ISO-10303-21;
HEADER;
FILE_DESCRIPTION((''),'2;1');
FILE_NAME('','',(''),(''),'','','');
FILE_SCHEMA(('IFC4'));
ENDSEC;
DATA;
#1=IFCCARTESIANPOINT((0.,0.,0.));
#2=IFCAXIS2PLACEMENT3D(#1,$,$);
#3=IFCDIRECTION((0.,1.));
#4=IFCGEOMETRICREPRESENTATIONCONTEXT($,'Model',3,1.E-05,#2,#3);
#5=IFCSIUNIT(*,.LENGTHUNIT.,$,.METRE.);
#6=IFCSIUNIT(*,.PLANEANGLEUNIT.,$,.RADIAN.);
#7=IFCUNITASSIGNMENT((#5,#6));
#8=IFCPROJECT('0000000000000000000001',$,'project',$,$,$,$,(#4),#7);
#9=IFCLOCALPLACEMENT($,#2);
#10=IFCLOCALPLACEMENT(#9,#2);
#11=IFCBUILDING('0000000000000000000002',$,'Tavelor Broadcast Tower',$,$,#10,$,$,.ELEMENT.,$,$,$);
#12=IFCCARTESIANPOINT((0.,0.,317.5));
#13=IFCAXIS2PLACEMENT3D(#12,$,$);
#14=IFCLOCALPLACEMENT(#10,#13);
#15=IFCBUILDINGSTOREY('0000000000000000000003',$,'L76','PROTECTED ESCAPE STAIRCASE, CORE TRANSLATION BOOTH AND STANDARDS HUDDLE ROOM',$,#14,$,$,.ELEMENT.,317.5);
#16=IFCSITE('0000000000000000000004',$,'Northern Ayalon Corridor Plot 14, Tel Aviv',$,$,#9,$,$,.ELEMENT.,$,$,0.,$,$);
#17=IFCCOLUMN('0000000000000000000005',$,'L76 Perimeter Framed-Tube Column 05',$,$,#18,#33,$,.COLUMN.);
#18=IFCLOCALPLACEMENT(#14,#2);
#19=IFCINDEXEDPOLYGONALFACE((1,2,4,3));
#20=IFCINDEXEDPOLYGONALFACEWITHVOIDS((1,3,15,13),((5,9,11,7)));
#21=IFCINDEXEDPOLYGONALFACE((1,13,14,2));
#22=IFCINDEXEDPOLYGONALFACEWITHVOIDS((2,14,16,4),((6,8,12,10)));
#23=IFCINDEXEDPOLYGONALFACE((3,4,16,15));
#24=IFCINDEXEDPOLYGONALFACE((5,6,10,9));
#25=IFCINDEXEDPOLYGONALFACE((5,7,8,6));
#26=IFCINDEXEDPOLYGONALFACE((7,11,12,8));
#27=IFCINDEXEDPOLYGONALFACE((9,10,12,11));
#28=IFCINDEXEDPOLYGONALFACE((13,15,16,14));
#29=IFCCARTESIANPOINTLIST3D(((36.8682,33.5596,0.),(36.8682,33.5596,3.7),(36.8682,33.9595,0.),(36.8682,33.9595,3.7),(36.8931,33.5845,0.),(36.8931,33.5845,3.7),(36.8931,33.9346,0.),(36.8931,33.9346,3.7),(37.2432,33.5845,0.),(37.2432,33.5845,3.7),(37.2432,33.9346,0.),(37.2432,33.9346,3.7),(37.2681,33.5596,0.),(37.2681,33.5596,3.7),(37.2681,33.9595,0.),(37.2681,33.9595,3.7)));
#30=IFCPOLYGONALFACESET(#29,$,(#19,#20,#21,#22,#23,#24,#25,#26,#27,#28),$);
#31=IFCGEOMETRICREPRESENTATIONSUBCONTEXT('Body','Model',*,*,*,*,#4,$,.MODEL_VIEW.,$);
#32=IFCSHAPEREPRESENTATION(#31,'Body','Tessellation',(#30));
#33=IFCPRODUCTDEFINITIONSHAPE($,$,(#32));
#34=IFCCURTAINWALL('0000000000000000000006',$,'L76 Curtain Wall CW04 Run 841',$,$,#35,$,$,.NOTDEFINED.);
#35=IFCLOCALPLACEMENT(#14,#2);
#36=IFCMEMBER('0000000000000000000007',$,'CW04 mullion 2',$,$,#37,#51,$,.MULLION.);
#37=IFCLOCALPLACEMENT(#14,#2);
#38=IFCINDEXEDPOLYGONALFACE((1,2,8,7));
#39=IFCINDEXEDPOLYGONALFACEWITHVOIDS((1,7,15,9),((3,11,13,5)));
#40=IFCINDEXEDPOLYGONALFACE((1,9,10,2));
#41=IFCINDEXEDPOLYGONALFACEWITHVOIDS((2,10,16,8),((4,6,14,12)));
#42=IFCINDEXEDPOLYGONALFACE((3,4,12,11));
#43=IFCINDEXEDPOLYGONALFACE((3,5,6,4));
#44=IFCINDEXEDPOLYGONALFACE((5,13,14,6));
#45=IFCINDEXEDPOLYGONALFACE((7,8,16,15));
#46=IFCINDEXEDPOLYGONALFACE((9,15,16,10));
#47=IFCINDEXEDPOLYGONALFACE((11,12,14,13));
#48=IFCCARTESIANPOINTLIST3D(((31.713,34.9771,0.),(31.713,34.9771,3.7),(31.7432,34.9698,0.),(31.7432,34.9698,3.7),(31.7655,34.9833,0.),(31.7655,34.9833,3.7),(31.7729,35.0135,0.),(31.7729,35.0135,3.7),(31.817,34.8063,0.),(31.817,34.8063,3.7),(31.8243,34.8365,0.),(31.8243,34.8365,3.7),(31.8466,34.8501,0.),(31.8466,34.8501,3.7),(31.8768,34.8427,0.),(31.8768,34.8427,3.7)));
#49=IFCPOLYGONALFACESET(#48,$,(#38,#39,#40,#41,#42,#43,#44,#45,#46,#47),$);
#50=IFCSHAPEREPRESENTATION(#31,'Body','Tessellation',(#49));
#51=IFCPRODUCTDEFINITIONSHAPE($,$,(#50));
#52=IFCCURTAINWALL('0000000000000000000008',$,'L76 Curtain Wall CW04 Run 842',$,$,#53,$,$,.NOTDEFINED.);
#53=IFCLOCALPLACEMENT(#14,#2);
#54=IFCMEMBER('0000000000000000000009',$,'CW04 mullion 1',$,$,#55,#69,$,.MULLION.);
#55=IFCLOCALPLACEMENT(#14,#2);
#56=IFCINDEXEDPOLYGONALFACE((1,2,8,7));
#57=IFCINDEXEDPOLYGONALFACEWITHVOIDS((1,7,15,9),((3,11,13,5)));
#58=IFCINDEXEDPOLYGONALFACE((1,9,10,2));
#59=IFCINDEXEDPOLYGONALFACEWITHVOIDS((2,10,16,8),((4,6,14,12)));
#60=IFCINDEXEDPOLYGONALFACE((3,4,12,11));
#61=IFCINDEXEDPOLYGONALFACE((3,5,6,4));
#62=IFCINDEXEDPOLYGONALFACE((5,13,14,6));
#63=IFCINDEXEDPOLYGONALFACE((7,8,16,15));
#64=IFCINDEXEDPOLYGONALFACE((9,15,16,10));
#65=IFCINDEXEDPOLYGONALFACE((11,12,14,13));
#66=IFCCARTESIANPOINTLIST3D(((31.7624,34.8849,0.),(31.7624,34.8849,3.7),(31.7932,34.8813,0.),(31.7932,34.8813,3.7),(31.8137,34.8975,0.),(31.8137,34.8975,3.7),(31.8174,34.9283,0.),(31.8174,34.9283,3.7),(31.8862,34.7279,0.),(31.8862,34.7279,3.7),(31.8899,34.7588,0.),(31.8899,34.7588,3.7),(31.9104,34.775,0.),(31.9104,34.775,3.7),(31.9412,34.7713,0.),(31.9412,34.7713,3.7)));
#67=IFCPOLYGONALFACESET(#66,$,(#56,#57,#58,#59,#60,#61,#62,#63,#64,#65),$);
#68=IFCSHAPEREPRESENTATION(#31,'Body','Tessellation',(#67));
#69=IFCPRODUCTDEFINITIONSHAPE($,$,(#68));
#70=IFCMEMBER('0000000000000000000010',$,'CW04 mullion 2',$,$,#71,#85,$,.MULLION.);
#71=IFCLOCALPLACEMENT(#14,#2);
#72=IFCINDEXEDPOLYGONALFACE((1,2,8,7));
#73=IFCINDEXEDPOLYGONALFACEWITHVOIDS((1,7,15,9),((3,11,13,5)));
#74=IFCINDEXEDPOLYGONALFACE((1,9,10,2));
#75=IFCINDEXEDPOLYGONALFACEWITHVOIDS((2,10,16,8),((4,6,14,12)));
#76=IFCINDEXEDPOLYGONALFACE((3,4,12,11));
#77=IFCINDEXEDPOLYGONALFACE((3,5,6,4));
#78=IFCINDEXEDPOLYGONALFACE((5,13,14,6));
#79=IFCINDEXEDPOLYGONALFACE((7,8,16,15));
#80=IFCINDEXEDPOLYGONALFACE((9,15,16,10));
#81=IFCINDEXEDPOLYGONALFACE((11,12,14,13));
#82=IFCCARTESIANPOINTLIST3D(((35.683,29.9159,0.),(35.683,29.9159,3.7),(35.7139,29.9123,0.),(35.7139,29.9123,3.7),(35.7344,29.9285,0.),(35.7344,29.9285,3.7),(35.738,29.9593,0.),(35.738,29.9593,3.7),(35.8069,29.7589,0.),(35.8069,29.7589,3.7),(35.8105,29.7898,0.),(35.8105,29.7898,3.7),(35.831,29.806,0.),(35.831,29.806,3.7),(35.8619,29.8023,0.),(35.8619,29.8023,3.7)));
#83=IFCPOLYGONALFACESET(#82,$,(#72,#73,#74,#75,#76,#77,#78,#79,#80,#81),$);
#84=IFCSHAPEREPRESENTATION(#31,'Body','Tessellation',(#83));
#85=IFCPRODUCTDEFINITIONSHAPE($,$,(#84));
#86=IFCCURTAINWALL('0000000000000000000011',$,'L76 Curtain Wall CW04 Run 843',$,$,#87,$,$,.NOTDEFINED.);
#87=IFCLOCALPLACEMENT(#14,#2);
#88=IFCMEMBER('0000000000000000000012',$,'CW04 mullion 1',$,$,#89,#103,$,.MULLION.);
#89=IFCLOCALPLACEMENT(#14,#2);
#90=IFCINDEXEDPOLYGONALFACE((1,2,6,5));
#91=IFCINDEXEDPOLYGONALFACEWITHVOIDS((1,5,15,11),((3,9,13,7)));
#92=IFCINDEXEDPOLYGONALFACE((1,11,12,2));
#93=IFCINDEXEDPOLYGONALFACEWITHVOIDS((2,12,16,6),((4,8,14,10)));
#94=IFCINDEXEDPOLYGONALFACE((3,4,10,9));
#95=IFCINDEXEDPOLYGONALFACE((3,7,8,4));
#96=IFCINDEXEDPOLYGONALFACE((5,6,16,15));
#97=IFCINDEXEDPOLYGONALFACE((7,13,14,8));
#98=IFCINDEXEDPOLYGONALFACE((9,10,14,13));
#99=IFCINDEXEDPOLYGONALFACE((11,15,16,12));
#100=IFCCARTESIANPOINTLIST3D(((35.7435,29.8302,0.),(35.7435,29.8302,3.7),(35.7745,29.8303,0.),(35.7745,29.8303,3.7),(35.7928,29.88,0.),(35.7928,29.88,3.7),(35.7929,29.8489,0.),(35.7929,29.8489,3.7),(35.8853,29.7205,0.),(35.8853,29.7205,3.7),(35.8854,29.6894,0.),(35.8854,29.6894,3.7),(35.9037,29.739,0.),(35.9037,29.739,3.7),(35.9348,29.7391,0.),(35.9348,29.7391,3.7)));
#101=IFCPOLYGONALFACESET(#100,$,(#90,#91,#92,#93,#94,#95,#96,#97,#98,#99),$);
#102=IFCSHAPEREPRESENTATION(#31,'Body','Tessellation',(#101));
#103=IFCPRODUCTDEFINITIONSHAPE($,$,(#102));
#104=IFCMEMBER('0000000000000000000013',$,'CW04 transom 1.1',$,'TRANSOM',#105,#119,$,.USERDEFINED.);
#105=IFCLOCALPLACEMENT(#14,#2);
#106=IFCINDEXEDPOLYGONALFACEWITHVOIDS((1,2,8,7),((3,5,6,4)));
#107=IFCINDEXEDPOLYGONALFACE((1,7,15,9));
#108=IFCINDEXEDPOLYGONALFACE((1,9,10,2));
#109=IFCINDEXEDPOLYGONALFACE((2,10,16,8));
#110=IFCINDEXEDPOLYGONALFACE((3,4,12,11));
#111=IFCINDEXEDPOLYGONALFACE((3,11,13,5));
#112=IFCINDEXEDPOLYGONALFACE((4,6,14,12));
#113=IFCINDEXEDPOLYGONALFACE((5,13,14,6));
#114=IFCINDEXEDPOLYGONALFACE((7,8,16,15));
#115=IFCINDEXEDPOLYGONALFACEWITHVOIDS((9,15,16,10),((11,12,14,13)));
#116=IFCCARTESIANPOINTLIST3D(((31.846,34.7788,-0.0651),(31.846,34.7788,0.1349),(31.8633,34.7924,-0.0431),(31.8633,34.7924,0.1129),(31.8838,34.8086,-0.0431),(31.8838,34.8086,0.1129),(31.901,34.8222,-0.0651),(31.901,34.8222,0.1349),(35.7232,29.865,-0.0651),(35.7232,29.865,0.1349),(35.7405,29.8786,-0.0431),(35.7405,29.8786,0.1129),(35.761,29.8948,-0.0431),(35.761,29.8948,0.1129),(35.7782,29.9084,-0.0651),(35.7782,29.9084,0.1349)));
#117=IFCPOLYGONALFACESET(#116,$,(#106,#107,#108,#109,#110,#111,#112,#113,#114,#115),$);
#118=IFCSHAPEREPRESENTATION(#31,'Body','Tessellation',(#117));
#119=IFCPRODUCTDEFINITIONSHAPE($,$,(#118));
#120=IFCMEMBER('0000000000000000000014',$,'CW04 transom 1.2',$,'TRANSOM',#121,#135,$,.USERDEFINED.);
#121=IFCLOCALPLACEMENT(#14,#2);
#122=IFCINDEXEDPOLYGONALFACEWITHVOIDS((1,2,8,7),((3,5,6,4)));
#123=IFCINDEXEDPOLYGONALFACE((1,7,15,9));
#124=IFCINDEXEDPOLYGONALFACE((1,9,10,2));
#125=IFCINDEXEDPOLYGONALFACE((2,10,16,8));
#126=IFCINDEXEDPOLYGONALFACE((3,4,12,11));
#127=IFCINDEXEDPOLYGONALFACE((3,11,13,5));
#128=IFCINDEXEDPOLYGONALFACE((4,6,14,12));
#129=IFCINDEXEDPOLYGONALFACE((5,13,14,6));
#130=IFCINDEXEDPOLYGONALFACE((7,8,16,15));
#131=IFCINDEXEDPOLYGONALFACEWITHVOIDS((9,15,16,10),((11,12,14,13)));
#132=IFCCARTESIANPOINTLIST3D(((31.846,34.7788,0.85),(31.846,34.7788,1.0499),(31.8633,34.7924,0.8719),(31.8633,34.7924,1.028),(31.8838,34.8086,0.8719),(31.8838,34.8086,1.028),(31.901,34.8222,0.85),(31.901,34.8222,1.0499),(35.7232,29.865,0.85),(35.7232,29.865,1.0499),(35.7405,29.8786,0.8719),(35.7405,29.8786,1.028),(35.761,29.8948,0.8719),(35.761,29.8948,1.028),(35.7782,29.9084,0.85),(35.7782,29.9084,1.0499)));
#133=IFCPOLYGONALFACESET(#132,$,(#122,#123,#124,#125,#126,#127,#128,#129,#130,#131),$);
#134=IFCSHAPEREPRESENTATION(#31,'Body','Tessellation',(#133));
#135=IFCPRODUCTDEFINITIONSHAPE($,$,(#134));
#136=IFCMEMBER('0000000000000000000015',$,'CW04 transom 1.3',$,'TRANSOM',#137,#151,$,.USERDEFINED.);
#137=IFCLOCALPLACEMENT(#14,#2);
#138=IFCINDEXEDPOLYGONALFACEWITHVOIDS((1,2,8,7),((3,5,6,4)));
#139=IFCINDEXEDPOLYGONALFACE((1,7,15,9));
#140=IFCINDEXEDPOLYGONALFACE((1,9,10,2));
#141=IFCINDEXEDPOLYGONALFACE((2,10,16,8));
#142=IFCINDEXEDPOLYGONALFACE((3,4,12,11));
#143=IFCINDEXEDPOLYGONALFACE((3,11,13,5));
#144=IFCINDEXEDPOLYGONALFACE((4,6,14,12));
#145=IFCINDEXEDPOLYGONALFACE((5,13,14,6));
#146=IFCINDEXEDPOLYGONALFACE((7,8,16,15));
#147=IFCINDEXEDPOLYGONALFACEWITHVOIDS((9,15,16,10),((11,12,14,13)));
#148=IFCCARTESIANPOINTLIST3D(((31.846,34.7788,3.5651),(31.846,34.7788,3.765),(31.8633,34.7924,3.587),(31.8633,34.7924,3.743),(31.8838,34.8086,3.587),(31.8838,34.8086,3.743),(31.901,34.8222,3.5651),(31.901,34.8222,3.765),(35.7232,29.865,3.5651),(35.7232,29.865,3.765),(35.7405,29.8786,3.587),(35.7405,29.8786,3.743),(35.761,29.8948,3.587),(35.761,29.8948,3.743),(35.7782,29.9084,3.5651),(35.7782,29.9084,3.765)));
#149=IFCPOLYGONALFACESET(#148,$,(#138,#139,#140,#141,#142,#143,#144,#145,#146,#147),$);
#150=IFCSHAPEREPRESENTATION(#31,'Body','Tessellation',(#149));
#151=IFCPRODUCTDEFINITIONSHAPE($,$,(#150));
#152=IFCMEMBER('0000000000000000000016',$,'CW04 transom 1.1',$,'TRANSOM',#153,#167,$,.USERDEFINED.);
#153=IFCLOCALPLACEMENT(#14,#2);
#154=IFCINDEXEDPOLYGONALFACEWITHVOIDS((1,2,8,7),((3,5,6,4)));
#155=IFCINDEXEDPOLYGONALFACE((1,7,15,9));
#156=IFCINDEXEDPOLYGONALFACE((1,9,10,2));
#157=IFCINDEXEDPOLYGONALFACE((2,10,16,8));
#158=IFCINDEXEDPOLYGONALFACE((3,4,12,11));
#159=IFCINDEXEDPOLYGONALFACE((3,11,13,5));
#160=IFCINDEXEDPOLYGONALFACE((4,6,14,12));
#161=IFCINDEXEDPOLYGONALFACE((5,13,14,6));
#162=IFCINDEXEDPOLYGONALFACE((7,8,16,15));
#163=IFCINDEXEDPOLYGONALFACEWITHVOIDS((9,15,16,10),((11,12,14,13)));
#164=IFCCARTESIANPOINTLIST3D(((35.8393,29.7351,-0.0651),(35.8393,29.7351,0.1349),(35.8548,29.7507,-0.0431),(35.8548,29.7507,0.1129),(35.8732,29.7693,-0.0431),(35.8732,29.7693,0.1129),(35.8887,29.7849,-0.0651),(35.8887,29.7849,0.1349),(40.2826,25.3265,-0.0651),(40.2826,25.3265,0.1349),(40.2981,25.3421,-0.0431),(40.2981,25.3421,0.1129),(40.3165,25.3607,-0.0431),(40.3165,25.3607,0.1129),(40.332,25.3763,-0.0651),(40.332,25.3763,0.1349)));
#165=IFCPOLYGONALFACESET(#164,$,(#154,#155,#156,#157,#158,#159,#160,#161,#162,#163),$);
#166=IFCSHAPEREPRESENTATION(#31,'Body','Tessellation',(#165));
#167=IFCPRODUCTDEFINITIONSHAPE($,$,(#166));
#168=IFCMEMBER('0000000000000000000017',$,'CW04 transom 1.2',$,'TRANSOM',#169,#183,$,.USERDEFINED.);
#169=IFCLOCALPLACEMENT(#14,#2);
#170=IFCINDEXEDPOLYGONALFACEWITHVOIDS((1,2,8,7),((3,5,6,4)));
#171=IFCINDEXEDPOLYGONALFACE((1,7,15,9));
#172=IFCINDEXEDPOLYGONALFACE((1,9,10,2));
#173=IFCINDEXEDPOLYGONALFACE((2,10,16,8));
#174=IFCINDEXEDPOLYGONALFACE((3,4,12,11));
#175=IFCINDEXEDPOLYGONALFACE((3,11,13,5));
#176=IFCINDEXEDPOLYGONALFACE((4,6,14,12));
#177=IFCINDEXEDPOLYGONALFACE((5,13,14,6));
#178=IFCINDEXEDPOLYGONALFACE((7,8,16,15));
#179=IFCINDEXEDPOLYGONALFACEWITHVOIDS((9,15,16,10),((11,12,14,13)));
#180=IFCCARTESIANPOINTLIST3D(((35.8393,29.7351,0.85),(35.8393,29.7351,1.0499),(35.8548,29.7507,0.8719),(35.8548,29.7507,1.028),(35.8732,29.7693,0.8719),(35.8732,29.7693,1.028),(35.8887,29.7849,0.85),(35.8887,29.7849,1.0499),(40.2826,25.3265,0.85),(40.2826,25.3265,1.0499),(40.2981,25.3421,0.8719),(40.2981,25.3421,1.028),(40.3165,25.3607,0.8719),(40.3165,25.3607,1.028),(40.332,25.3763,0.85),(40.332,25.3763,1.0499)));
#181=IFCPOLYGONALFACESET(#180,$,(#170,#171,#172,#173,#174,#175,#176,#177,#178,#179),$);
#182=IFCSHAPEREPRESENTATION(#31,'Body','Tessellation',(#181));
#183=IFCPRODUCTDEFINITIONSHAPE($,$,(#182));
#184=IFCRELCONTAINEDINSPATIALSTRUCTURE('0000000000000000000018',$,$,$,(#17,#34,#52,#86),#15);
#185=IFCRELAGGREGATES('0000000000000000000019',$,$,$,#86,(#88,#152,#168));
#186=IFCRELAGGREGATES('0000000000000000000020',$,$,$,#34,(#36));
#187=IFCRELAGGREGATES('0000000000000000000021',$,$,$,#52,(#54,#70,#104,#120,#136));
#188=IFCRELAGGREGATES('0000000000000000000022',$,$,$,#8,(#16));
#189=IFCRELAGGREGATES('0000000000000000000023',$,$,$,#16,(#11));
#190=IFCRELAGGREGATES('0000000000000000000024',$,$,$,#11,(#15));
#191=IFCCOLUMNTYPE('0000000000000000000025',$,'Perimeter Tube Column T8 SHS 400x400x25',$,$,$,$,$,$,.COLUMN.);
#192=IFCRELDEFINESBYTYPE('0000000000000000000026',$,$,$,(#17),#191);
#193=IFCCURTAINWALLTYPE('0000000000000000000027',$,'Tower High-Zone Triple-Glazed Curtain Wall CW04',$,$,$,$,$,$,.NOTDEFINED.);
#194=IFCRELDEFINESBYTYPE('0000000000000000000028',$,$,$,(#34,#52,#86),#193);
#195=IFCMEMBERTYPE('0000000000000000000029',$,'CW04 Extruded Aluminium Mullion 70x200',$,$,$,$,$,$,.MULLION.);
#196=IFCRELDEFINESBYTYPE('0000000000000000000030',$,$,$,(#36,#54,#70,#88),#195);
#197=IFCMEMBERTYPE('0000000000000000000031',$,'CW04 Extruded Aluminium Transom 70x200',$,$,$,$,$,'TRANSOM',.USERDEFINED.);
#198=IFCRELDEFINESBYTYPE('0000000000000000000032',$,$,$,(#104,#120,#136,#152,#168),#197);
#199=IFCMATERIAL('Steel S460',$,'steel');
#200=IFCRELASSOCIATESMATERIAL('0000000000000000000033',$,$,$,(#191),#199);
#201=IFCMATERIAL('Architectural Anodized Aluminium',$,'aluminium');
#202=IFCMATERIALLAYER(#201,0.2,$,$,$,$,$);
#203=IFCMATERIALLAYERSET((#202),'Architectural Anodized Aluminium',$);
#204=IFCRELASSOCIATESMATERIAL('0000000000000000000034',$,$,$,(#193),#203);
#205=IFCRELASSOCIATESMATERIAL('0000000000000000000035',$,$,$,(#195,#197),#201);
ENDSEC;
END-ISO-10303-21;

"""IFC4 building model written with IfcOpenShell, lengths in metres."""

from ifc_helpers import new_model, si_unit, direction, frame, origin, origin_2d, place, context, subcontext, project, spatial, hollow_rectangle, extrude, source, transform, mapped, material, layer, layer_set, material_profile, profile_set, type_object, type_shapes, element, aggregate, save


model = new_model("IFC4")

# Units and contexts
model_context = context("Model", 3, precision=1e-05, world=origin(), true_north=direction((0.0, 1.0)))
body_context = subcontext(model_context, "Body", "Model", "MODEL_VIEW")
ifc_project = project(units=[si_unit("LENGTHUNIT", "METRE"), si_unit("PLANEANGLEUNIT", "RADIAN")], contexts=[model_context])

# Site, building, storey
site_placement = place(None, origin())
site = spatial("IfcSite", under=ifc_project, at=site_placement, Name="Northern Ayalon Corridor Plot 14, Tel Aviv", CompositionType="ELEMENT", RefElevation=0.0)
building_placement = place(site_placement, origin())
building = spatial("IfcBuilding", under=site, at=building_placement, Name="Tavelor Broadcast Tower", CompositionType="ELEMENT")
storey_placement = place(building_placement, frame((0.0, 0.0, 317.5)))
storey = spatial("IfcBuildingStorey", under=building, at=storey_placement, Name="L76", Description="PROTECTED ESCAPE STAIRCASE, CORE TRANSLATION BOOTH AND STANDARDS HUDDLE ROOM", CompositionType="ELEMENT", Elevation=317.5)

# Column
ifc_material_1 = material(Name="Steel S460", Category="steel")
ifc_material_profile_1 = material_profile(ifc_material_1, hollow_rectangle(XDim=0.3999, YDim=0.3999, WallThickness=0.0249, at=origin_2d()), Name="SHS 400x400x25")
ifc_profile_set_1 = profile_set([ifc_material_profile_1], Name="Steel S460")
column_type = type_object("IfcColumnType", Name="Perimeter Tube Column T8 SHS 400x400x25", PredefinedType="COLUMN", material=ifc_profile_set_1)
column_placement = place(storey_placement, frame((37.0681, 33.7595, 0.0), z_axis=(0.0, 0.0, 1.0), x_axis=(1.0, 0.0, 0.0)))
element("IfcColumn", 1, at=column_placement, inside=storey, type_object=column_type, Name="L76 Perimeter Framed-Tube Column 05", PredefinedType="COLUMN", context=body_context, shape_type="SweptSolid", body=[
    extrude(hollow_rectangle(XDim=0.3999, YDim=0.3999, WallThickness=0.0249, at=origin_2d()), origin(), (0.0, 0.0, 1.0), 3.7),
])

# Curtain wall, member
ifc_material_2 = material(Name="Architectural Anodized Aluminium", Category="aluminium")
ifc_layer_1 = layer(ifc_material_2, 0.2)
ifc_layer_set_1 = layer_set([ifc_layer_1], Name="Architectural Anodized Aluminium")
curtain_wall_type = type_object("IfcCurtainWallType", Name="Tower High-Zone Triple-Glazed Curtain Wall CW04", PredefinedType="NOTDEFINED", material=ifc_layer_set_1)
curtain_wall_1_placement = place(storey_placement, origin())
curtain_wall_1 = element("IfcCurtainWall", 2, at=curtain_wall_1_placement, inside=storey, type_object=curtain_wall_type, Name="L76 Curtain Wall CW04 Run 841", PredefinedType="NOTDEFINED")
ifc_material_profile_2 = material_profile(ifc_material_2, hollow_rectangle(XDim=0.0701, YDim=0.2, WallThickness=0.022, at=origin_2d()), Name="RHS 70x200x22")
ifc_profile_set_2 = profile_set([ifc_material_profile_2], Name="Architectural Anodized Aluminium")
member_type_1 = type_object("IfcMemberType", Name="CW04 Extruded Aluminium Mullion 70x200", PredefinedType="MULLION", material=ifc_profile_set_2)
shared_shape_1 = source(origin(), body_context, "Body", "SweptSolid", [
    extrude(hollow_rectangle(XDim=0.0701, YDim=0.2, WallThickness=0.022, at=origin_2d()), origin(), (0.0, 0.0, 1.0), 3.7),
])
type_shapes(member_type_1, [shared_shape_1])
member_1_placement = place(storey_placement, frame((31.7949, 34.9099, 0.0), z_axis=(0.0, 0.0, 1.0), x_axis=(0.854232, 0.519892, 0.0)))
member_1 = element("IfcMember", 3, at=member_1_placement, type_object=member_type_1, Name="CW04 mullion 2", PredefinedType="MULLION", context=body_context, shape_type="MappedRepresentation", body=[
    mapped(shared_shape_1, transform((0.0, 0.0, 0.0), scale=1.0)),
])

# Curtain wall, members
curtain_wall_2_placement = place(storey_placement, origin())
curtain_wall_2 = element("IfcCurtainWall", 4, at=curtain_wall_2_placement, inside=storey, type_object=curtain_wall_type, Name="L76 Curtain Wall CW04 Run 842", PredefinedType="NOTDEFINED")
member_2_placement = place(storey_placement, frame((31.8518, 34.8281, 0.0), z_axis=(0.0, 0.0, 1.0), x_axis=(0.785047, 0.619437, 0.0)))
member_2 = element("IfcMember", 5, at=member_2_placement, type_object=member_type_1, Name="CW04 mullion 1", PredefinedType="MULLION", context=body_context, shape_type="MappedRepresentation", body=[
    mapped(shared_shape_1, transform((0.0, 0.0, 0.0), scale=1.0)),
])
member_3_placement = place(storey_placement, frame((35.7725, 29.8591, 0.0), z_axis=(0.0, 0.0, 1.0), x_axis=(0.785047, 0.619437, 0.0)))
member_3 = element("IfcMember", 6, at=member_3_placement, type_object=member_type_1, Name="CW04 mullion 2", PredefinedType="MULLION", context=body_context, shape_type="MappedRepresentation", body=[
    mapped(shared_shape_1, transform((0.0, 0.0, 0.0), scale=1.0)),
])

# Curtain wall, member
curtain_wall_3_placement = place(storey_placement, origin())
curtain_wall_3 = element("IfcCurtainWall", 7, at=curtain_wall_3_placement, inside=storey, type_object=curtain_wall_type, Name="L76 Curtain Wall CW04 Run 843", PredefinedType="NOTDEFINED")
member_4_placement = place(storey_placement, frame((35.8391, 29.7847, 0.0), z_axis=(0.0, 0.0, 1.0), x_axis=(0.70432, 0.709883, 0.0)))
member_4 = element("IfcMember", 8, at=member_4_placement, type_object=member_type_1, Name="CW04 mullion 1", PredefinedType="MULLION", context=body_context, shape_type="MappedRepresentation", body=[
    mapped(shared_shape_1, transform((0.0, 0.0, 0.0), scale=1.0)),
])

# Members
ifc_material_profile_3 = material_profile(ifc_material_2, hollow_rectangle(XDim=0.0701, YDim=0.2, WallThickness=0.022, at=origin_2d()), Name="RHS 70x200x22")
ifc_profile_set_3 = profile_set([ifc_material_profile_3], Name="Architectural Anodized Aluminium")
member_type_2 = type_object("IfcMemberType", Name="CW04 Extruded Aluminium Transom 70x200", ElementType="TRANSOM", PredefinedType="USERDEFINED", material=ifc_profile_set_3)
shared_shape_2 = source(origin(), body_context, "Body", "SweptSolid", [
    extrude(hollow_rectangle(XDim=0.0701, YDim=0.2, WallThickness=0.022, at=origin_2d()), origin(), (0.0, 0.0, 1.0), 6.2593),
])
type_shapes(member_type_2, [shared_shape_2])
member_5_placement = place(storey_placement, frame((31.8735, 34.8005, 0.0349), z_axis=(0.619434, -0.785048, 0.0), x_axis=(0.785048, 0.619434, 0.0)))
member_5 = element("IfcMember", 9, at=member_5_placement, type_object=member_type_2, Name="CW04 transom 1.1", ObjectType="TRANSOM", PredefinedType="USERDEFINED", context=body_context, shape_type="MappedRepresentation", body=[
    mapped(shared_shape_2, transform((0.0, 0.0, 0.0), scale=1.0)),
])
member_6_placement = place(storey_placement, frame((31.8735, 34.8005, 0.95), z_axis=(0.619434, -0.785048, 0.0), x_axis=(0.785048, 0.619434, 0.0)))
member_6 = element("IfcMember", 10, at=member_6_placement, type_object=member_type_2, Name="CW04 transom 1.2", ObjectType="TRANSOM", PredefinedType="USERDEFINED", context=body_context, shape_type="MappedRepresentation", body=[
    mapped(shared_shape_2, transform((0.0, 0.0, 0.0), scale=1.0)),
])
member_7_placement = place(storey_placement, frame((31.8735, 34.8005, 3.665), z_axis=(0.619434, -0.785048, 0.0), x_axis=(0.785048, 0.619434, 0.0)))
member_7 = element("IfcMember", 11, at=member_7_placement, type_object=member_type_2, Name="CW04 transom 1.3", ObjectType="TRANSOM", PredefinedType="USERDEFINED", context=body_context, shape_type="MappedRepresentation", body=[
    mapped(shared_shape_2, transform((0.0, 0.0, 0.0), scale=1.0)),
])
member_8_placement = place(storey_placement, frame((35.864, 29.76, 0.0349), z_axis=(0.709871, -0.704332, 0.0), x_axis=(0.704332, 0.709871, 0.0)))
member_8 = element("IfcMember", 12, at=member_8_placement, type_object=member_type_2, Name="CW04 transom 1.1", ObjectType="TRANSOM", PredefinedType="USERDEFINED", context=body_context, shape_type="MappedRepresentation", body=[
    mapped(shared_shape_2, transform((0.0, 0.0, 0.0), scale=1.0)),
])
member_9_placement = place(storey_placement, frame((35.864, 29.76, 0.95), z_axis=(0.709871, -0.704332, 0.0), x_axis=(0.704332, 0.709871, 0.0)))
member_9 = element("IfcMember", 13, at=member_9_placement, type_object=member_type_2, Name="CW04 transom 1.2", ObjectType="TRANSOM", PredefinedType="USERDEFINED", context=body_context, shape_type="MappedRepresentation", body=[
    mapped(shared_shape_2, transform((0.0, 0.0, 0.0), scale=1.0)),
])
aggregate(curtain_wall_3, [member_4, member_8, member_9])

aggregate(curtain_wall_1, [member_1])
aggregate(curtain_wall_2, [member_2, member_3, member_5, member_6, member_7])

save(model, "model.ifc")
